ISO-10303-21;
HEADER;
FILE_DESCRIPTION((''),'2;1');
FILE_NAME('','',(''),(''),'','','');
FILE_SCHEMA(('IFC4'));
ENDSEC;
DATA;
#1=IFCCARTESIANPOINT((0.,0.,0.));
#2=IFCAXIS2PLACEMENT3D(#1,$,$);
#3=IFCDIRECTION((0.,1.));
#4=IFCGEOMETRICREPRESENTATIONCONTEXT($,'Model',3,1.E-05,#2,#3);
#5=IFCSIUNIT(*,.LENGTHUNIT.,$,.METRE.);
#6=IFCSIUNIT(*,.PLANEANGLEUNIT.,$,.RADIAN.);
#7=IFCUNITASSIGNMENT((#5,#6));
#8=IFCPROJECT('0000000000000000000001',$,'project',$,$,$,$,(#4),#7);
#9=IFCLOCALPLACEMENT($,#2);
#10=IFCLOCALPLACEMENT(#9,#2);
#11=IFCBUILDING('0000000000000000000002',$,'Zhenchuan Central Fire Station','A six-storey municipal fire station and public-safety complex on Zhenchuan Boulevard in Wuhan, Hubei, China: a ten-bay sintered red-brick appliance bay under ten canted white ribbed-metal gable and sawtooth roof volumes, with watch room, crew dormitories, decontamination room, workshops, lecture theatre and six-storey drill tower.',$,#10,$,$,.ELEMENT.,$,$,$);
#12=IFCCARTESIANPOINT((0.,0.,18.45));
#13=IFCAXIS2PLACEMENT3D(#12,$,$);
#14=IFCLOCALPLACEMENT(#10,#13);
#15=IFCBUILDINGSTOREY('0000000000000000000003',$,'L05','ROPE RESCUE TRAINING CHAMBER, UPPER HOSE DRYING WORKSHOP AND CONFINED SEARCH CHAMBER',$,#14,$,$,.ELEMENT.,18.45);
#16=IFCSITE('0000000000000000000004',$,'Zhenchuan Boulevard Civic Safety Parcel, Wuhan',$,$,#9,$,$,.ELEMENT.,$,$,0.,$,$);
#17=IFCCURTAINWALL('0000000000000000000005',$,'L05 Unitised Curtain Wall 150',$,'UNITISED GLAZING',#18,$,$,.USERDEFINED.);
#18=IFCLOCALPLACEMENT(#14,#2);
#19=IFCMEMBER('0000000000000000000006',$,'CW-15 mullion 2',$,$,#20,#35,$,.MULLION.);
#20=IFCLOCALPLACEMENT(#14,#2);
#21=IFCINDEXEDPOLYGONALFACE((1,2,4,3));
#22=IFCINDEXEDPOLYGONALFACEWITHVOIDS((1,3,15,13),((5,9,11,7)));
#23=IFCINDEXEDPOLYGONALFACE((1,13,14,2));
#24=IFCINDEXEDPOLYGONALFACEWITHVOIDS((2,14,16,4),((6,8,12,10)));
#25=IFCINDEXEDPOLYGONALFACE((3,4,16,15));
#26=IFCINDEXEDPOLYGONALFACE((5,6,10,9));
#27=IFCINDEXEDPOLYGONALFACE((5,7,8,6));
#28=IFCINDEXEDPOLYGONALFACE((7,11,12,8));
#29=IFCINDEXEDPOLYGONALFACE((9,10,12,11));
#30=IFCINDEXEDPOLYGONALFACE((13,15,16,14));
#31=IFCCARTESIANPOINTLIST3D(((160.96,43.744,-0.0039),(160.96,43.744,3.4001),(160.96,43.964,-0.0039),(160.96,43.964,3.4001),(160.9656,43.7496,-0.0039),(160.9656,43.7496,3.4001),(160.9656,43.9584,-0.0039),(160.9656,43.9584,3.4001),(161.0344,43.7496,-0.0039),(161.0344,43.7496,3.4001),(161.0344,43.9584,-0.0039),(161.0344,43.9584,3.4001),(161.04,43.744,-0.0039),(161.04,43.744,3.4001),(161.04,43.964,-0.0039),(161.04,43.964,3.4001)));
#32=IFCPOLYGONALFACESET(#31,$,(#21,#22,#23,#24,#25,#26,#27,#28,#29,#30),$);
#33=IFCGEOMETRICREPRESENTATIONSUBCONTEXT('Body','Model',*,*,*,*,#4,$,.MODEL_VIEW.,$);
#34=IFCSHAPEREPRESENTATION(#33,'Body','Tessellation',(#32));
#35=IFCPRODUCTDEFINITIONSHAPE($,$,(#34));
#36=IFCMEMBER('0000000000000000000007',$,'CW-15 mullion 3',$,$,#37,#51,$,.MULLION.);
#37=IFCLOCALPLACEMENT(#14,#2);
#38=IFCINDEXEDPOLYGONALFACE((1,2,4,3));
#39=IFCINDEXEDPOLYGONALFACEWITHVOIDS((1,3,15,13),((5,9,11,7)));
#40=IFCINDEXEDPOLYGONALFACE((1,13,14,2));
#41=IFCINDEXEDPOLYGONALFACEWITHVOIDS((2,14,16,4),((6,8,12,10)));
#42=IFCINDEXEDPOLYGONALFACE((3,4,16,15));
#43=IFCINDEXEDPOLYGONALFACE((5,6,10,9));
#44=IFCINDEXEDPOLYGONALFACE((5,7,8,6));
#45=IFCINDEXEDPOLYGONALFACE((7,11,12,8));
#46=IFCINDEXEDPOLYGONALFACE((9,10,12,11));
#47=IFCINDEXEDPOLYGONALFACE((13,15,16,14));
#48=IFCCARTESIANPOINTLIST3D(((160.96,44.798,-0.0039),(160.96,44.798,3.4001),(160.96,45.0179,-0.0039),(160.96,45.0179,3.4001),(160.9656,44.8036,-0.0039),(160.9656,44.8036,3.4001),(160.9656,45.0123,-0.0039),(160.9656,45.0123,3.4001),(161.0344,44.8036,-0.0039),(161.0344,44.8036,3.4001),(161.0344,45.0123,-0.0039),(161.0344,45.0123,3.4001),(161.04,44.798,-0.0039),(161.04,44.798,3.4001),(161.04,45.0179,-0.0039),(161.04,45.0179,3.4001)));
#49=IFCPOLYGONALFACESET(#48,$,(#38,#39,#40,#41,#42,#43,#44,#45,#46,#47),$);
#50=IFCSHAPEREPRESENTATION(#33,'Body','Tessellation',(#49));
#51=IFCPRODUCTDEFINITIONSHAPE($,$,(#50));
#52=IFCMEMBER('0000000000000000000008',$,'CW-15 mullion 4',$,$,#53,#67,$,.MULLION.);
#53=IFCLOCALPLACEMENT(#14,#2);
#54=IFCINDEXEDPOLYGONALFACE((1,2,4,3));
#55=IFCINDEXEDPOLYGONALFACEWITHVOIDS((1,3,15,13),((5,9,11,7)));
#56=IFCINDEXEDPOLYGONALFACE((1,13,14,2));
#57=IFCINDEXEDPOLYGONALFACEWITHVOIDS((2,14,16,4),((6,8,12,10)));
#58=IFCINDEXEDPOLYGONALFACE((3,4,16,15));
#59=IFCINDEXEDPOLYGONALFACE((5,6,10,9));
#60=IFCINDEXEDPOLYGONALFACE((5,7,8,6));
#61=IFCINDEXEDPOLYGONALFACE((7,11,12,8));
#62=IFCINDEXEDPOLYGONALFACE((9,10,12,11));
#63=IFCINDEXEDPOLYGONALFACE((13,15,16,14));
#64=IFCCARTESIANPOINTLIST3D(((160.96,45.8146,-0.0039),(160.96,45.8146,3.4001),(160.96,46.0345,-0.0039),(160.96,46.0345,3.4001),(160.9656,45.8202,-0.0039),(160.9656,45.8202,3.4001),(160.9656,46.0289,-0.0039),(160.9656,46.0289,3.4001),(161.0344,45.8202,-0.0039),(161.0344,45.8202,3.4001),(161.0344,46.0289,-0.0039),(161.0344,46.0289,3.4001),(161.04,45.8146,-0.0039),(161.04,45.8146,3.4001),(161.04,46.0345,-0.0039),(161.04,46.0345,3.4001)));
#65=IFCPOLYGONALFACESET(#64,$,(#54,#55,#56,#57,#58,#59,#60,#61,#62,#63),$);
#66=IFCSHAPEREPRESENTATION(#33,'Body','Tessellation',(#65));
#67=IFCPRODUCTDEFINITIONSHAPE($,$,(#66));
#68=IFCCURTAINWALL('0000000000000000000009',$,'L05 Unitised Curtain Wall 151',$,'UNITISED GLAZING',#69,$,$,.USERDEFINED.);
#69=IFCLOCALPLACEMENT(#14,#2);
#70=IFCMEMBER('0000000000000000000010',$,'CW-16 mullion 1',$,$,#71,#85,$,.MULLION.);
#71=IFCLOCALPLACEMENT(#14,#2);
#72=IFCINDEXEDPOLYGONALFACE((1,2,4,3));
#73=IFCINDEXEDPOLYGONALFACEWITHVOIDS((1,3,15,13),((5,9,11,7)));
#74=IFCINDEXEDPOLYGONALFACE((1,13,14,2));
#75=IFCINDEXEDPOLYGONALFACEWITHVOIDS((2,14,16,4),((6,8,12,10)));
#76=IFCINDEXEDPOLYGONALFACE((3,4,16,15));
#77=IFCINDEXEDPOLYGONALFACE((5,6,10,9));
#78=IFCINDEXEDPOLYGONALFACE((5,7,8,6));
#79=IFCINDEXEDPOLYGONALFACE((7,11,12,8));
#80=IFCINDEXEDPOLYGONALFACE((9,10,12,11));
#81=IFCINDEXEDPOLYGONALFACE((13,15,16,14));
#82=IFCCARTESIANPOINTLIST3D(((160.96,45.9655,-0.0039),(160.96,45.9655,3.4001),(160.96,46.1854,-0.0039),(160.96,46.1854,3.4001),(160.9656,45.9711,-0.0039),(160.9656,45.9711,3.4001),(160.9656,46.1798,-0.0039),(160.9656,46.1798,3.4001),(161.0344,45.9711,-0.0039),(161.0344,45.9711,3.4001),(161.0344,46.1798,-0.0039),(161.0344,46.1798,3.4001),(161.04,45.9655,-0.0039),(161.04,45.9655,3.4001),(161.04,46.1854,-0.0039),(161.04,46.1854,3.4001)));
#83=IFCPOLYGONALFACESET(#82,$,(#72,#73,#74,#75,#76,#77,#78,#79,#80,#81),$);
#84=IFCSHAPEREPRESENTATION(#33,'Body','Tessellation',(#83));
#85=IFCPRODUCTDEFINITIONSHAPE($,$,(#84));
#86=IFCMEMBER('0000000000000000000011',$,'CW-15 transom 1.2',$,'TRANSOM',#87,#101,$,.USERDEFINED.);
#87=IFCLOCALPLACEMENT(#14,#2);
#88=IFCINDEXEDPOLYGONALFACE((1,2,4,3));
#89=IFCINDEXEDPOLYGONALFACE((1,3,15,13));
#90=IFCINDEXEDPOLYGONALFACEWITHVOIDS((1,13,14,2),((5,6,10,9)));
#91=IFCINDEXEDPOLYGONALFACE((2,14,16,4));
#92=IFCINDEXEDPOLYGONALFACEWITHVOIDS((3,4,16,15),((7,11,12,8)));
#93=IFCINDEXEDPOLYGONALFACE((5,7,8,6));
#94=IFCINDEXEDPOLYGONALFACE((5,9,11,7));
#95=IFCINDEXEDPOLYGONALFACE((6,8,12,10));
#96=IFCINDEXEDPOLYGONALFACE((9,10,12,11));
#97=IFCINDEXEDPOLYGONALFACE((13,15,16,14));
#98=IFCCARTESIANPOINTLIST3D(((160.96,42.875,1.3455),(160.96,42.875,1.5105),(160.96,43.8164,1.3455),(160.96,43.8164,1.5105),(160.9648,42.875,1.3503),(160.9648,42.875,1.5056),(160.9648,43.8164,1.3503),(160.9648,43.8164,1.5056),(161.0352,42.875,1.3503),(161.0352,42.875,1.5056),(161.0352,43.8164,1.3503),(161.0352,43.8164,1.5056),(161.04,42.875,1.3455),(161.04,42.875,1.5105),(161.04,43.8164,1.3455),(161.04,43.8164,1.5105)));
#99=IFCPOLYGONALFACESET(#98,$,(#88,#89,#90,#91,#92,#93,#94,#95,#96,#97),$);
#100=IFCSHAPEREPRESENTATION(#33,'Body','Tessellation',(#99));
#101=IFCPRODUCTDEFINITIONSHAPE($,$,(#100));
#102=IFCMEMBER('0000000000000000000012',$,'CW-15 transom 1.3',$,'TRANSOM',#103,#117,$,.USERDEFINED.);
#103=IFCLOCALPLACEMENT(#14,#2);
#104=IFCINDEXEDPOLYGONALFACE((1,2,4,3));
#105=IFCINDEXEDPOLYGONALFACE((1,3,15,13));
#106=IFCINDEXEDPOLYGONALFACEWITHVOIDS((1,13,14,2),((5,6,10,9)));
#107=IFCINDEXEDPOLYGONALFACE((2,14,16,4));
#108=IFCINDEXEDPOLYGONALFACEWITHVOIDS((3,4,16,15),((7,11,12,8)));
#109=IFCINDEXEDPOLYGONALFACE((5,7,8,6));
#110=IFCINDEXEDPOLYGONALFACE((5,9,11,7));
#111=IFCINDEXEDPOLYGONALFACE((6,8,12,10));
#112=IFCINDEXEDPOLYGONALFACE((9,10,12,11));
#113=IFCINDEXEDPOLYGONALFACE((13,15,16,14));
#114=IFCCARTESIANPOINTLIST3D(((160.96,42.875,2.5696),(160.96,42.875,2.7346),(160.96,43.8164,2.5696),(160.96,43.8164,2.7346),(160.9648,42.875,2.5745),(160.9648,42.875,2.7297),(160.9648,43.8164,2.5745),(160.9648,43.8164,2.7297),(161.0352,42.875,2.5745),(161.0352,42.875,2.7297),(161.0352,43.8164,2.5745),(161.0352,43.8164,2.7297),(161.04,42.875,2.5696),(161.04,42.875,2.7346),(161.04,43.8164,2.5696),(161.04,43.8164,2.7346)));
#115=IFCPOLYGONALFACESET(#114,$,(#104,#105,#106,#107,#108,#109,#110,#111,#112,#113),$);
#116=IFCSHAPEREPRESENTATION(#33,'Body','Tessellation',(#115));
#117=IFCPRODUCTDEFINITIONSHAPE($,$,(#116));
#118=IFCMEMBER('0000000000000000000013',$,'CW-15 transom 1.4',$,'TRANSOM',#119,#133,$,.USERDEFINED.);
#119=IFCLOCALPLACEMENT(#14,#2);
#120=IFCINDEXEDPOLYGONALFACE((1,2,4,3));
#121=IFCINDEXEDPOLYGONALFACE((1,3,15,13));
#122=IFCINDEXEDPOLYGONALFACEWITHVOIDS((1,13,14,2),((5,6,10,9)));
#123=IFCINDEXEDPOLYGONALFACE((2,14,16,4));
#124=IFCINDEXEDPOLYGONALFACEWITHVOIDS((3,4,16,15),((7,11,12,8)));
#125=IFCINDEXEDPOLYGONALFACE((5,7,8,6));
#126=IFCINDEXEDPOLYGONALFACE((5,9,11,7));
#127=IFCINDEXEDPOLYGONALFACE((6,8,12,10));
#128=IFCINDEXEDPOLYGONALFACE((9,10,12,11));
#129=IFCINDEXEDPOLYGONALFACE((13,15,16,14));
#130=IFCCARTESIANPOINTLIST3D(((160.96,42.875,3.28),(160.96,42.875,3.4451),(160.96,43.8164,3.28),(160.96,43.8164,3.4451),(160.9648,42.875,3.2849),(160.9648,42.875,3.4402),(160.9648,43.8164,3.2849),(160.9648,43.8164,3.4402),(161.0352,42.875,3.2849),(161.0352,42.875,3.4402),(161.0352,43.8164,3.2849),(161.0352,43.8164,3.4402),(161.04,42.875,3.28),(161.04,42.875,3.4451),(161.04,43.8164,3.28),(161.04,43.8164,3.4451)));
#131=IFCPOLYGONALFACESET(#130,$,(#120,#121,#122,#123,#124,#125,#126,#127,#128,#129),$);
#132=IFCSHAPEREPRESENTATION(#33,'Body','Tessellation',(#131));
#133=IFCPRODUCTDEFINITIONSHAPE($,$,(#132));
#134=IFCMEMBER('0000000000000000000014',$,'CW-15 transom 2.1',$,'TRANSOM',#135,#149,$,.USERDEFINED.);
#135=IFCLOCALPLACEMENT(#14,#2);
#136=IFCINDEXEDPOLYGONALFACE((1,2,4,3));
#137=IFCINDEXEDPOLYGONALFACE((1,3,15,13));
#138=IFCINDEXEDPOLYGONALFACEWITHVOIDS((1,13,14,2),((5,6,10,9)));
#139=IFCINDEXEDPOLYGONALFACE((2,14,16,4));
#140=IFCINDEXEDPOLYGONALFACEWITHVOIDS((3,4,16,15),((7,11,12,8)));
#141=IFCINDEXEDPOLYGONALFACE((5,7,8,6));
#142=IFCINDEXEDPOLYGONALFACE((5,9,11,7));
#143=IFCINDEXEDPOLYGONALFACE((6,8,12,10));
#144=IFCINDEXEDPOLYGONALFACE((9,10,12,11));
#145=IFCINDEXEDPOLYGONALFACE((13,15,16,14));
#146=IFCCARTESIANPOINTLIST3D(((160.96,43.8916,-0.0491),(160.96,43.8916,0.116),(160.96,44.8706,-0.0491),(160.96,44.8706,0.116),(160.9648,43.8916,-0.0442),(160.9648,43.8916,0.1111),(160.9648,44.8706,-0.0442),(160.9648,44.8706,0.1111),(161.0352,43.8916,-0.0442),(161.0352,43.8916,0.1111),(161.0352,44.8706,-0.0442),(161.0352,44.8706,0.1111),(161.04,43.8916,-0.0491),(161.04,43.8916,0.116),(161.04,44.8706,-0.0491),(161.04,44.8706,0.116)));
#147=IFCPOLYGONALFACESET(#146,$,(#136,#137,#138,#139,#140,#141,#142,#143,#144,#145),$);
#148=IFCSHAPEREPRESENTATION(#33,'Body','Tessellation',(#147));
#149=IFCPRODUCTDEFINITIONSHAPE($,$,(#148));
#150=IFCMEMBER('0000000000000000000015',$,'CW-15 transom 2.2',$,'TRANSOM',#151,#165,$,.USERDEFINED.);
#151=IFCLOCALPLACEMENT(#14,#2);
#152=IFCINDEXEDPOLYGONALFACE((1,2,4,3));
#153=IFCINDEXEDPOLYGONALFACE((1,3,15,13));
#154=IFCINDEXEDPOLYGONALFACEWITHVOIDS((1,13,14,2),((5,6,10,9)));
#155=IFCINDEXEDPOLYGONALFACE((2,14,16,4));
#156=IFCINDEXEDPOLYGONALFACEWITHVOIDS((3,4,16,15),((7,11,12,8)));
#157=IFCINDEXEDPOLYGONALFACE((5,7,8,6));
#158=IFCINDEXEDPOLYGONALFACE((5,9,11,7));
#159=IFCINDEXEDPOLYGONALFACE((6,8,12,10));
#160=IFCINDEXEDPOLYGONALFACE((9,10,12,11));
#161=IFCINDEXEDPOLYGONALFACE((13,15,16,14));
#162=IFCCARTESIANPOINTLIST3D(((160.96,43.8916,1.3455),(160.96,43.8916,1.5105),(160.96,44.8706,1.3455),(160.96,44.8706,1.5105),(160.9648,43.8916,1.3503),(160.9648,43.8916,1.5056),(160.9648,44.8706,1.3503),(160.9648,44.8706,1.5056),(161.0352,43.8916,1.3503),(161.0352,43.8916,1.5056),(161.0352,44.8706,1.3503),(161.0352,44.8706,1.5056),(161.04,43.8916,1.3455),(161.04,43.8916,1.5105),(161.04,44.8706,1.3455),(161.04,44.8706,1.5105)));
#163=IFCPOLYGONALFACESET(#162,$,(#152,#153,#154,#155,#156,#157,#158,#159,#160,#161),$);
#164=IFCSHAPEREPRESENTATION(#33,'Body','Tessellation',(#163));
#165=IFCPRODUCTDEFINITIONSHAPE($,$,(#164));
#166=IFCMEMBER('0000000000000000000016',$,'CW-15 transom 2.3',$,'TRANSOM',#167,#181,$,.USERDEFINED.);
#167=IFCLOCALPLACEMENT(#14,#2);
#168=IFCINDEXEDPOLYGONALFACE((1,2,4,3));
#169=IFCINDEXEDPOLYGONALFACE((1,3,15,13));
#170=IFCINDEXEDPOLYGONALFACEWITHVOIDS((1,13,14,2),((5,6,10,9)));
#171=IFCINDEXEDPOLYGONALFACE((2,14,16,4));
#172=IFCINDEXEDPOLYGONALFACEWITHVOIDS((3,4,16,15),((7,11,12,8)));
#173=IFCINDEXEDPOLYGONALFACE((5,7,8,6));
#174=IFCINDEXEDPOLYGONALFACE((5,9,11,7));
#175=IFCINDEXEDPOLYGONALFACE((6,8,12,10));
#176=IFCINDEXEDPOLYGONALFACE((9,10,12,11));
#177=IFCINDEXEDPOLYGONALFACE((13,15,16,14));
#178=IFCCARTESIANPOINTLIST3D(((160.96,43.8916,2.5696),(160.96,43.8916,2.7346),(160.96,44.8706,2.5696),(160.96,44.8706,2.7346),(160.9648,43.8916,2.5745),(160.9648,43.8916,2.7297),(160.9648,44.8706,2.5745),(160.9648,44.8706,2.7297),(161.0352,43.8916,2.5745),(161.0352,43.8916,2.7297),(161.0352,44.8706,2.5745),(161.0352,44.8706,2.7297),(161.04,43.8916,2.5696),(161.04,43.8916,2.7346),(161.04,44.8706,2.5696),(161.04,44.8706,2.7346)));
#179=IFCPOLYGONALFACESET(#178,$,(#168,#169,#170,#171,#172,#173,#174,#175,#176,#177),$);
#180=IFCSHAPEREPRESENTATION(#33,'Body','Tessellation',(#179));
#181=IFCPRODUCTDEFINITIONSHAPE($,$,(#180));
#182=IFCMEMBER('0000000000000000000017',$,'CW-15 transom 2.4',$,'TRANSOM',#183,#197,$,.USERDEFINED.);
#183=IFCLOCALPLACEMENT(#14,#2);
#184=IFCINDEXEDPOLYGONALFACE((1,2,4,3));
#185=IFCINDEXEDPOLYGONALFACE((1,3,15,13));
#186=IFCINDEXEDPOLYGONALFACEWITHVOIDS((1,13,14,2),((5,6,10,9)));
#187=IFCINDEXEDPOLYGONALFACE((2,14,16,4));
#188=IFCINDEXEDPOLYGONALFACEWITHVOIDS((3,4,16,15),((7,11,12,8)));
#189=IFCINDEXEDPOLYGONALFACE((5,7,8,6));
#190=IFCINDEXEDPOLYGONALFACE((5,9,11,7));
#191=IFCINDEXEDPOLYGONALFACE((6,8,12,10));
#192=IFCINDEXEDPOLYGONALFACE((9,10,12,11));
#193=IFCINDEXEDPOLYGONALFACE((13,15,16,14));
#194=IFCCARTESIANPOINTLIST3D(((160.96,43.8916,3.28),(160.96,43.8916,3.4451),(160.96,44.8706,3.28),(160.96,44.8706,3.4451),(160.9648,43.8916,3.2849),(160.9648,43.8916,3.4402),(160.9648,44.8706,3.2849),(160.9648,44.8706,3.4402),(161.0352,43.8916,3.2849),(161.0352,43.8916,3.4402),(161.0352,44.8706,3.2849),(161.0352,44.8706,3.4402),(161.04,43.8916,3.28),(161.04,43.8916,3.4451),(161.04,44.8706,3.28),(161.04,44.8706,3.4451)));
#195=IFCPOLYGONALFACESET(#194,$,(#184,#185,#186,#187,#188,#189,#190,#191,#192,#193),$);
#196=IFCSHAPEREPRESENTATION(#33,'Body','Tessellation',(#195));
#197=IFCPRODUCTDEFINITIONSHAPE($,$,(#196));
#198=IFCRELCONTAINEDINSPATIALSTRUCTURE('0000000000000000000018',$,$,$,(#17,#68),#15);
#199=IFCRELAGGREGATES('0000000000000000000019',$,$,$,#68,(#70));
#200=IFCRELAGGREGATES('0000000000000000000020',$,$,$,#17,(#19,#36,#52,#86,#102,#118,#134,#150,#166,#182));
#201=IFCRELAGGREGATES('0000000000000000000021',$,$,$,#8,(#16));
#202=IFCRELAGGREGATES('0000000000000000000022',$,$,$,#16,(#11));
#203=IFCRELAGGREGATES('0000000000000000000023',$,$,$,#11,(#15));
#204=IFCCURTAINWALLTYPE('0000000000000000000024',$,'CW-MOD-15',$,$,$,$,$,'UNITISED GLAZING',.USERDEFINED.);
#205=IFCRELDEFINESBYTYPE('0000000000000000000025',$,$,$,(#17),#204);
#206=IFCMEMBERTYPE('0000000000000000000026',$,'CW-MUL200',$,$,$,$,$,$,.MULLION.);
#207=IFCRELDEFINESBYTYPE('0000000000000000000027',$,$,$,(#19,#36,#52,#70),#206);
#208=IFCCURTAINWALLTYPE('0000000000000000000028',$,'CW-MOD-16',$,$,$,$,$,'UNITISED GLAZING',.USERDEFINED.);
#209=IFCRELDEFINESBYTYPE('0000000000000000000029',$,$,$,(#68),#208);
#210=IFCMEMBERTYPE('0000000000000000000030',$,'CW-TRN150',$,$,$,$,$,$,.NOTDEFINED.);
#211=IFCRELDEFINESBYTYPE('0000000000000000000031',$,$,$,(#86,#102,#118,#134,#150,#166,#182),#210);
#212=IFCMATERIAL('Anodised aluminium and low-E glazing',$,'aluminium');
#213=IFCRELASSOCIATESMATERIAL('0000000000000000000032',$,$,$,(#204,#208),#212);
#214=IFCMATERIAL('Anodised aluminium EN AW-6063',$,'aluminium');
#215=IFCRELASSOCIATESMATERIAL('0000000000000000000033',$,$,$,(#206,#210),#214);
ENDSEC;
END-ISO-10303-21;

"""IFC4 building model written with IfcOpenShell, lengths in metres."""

from ifc_helpers import new_model, si_unit, direction, frame, origin, origin_2d, place, context, subcontext, project, spatial, hollow_rectangle, extrude, material, material_profile, profile_set, type_object, element, aggregate, save


model = new_model("IFC4")

# Units and contexts
model_context = context("Model", 3, precision=1e-05, world=origin(), true_north=direction((0.0, 1.0)))
body_context = subcontext(model_context, "Body", "Model", "MODEL_VIEW")
ifc_project = project(units=[si_unit("LENGTHUNIT", "METRE"), si_unit("PLANEANGLEUNIT", "RADIAN")], contexts=[model_context])

# Site, building, storey
site_placement = place(None, origin())
site = spatial("IfcSite", under=ifc_project, at=site_placement, Name="Zhenchuan Boulevard Civic Safety Parcel, Wuhan", CompositionType="ELEMENT", RefElevation=0.0)
building_placement = place(site_placement, origin())
building = spatial("IfcBuilding", under=site, at=building_placement, Name="Zhenchuan Central Fire Station", Description="A six-storey municipal fire station and public-safety complex on Zhenchuan Boulevard in Wuhan, Hubei, China: a ten-bay sintered red-brick appliance bay under ten canted white ribbed-metal gable and sawtooth roof volumes, with watch room, crew dormitories, decontamination room, workshops, lecture theatre and six-storey drill tower.", CompositionType="ELEMENT")
storey_placement = place(building_placement, frame((0.0, 0.0, 18.45)))
storey = spatial("IfcBuildingStorey", under=building, at=storey_placement, Name="L05", Description="ROPE RESCUE TRAINING CHAMBER, UPPER HOSE DRYING WORKSHOP AND CONFINED SEARCH CHAMBER", CompositionType="ELEMENT", Elevation=18.45)

# Curtain wall, members
ifc_material_1 = material(Name="Anodised aluminium and low-E glazing", Category="aluminium")
curtain_wall_type_1 = type_object("IfcCurtainWallType", Name="CW-MOD-15", ElementType="UNITISED GLAZING", PredefinedType="USERDEFINED", material=ifc_material_1)
curtain_wall_1_placement = place(storey_placement, origin())
curtain_wall_1 = element("IfcCurtainWall", 1, at=curtain_wall_1_placement, inside=storey, type_object=curtain_wall_type_1, Name="L05 Unitised Curtain Wall 150", ObjectType="UNITISED GLAZING", PredefinedType="USERDEFINED")
ifc_material_2 = material(Name="Anodised aluminium EN AW-6063", Category="aluminium")
ifc_material_profile_1 = material_profile(ifc_material_2, hollow_rectangle(XDim=0.0801, YDim=0.22, WallThickness=0.0056, at=origin_2d()), Name="ALU-M 220x80")
ifc_profile_set_1 = profile_set([ifc_material_profile_1], Name="Anodised aluminium EN AW-6063")
member_type_1 = type_object("IfcMemberType", Name="CW-MUL200", PredefinedType="MULLION", material=ifc_profile_set_1)
member_1_placement = place(storey_placement, frame((161.0, 43.854, -0.0039), z_axis=(0.0, 0.0, 1.0), x_axis=(-1.0, 0.0, 0.0)))
member_1 = element("IfcMember", 2, at=member_1_placement, type_object=member_type_1, Name="CW-15 mullion 2", PredefinedType="MULLION", context=body_context, shape_type="SweptSolid", body=[
    extrude(hollow_rectangle(XDim=0.0801, YDim=0.22, WallThickness=0.0056, at=origin_2d()), origin(), (0.0, 0.0, 1.0), 3.4041),
])
member_2_placement = place(storey_placement, frame((161.0, 44.908, -0.0039), z_axis=(0.0, 0.0, 1.0), x_axis=(-1.0, 0.0, 0.0)))
member_2 = element("IfcMember", 3, at=member_2_placement, type_object=member_type_1, Name="CW-15 mullion 3", PredefinedType="MULLION", context=body_context, shape_type="SweptSolid", body=[
    extrude(hollow_rectangle(XDim=0.0801, YDim=0.22, WallThickness=0.0056, at=origin_2d()), origin(), (0.0, 0.0, 1.0), 3.4041),
])
member_3_placement = place(storey_placement, frame((161.0, 45.9246, -0.0039), z_axis=(0.0, 0.0, 1.0), x_axis=(-1.0, 0.0, 0.0)))
member_3 = element("IfcMember", 4, at=member_3_placement, type_object=member_type_1, Name="CW-15 mullion 4", PredefinedType="MULLION", context=body_context, shape_type="SweptSolid", body=[
    extrude(hollow_rectangle(XDim=0.0801, YDim=0.22, WallThickness=0.0056, at=origin_2d()), origin(), (0.0, 0.0, 1.0), 3.4041),
])

# Curtain wall, member
curtain_wall_type_2 = type_object("IfcCurtainWallType", Name="CW-MOD-16", ElementType="UNITISED GLAZING", PredefinedType="USERDEFINED", material=ifc_material_1)
curtain_wall_2_placement = place(storey_placement, origin())
curtain_wall_2 = element("IfcCurtainWall", 5, at=curtain_wall_2_placement, inside=storey, type_object=curtain_wall_type_2, Name="L05 Unitised Curtain Wall 151", ObjectType="UNITISED GLAZING", PredefinedType="USERDEFINED")
member_4_placement = place(storey_placement, frame((161.0, 46.0754, -0.0039), z_axis=(0.0, 0.0, 1.0), x_axis=(-1.0, 0.0, 0.0)))
member_4 = element("IfcMember", 6, at=member_4_placement, type_object=member_type_1, Name="CW-16 mullion 1", PredefinedType="MULLION", context=body_context, shape_type="SweptSolid", body=[
    extrude(hollow_rectangle(XDim=0.0801, YDim=0.22, WallThickness=0.0056, at=origin_2d()), origin(), (0.0, 0.0, 1.0), 3.4041),
])

# Members
ifc_material_profile_2 = material_profile(ifc_material_2, hollow_rectangle(XDim=0.0801, YDim=0.165, WallThickness=0.0049, at=origin_2d()), Name="ALU-T 165x80")
ifc_profile_set_2 = profile_set([ifc_material_profile_2], Name="Anodised aluminium EN AW-6063")
member_type_2 = type_object("IfcMemberType", Name="CW-TRN150", PredefinedType="NOTDEFINED", material=ifc_profile_set_2)
member_5_placement = place(storey_placement, frame((161.0, 42.875, 1.428), z_axis=(0.0, 1.0, 0.0), x_axis=(-1.0, 0.0, 0.0)))
member_5 = element("IfcMember", 7, at=member_5_placement, type_object=member_type_2, Name="CW-15 transom 1.2", ObjectType="TRANSOM", PredefinedType="USERDEFINED", context=body_context, shape_type="SweptSolid", body=[
    extrude(hollow_rectangle(XDim=0.0801, YDim=0.165, WallThickness=0.0049, at=origin_2d()), origin(), (0.0, 0.0, 1.0), 0.9414),
])
member_6_placement = place(storey_placement, frame((161.0, 42.875, 2.6521), z_axis=(0.0, 1.0, 0.0), x_axis=(-1.0, 0.0, 0.0)))
member_6 = element("IfcMember", 8, at=member_6_placement, type_object=member_type_2, Name="CW-15 transom 1.3", ObjectType="TRANSOM", PredefinedType="USERDEFINED", context=body_context, shape_type="SweptSolid", body=[
    extrude(hollow_rectangle(XDim=0.0801, YDim=0.165, WallThickness=0.0049, at=origin_2d()), origin(), (0.0, 0.0, 1.0), 0.9414),
])
member_7_placement = place(storey_placement, frame((161.0, 42.875, 3.3625), z_axis=(0.0, 1.0, 0.0), x_axis=(-1.0, 0.0, 0.0)))
member_7 = element("IfcMember", 9, at=member_7_placement, type_object=member_type_2, Name="CW-15 transom 1.4", ObjectType="TRANSOM", PredefinedType="USERDEFINED", context=body_context, shape_type="SweptSolid", body=[
    extrude(hollow_rectangle(XDim=0.0801, YDim=0.165, WallThickness=0.0049, at=origin_2d()), origin(), (0.0, 0.0, 1.0), 0.9414),
])
member_8_placement = place(storey_placement, frame((161.0, 43.8916, 0.0334), z_axis=(0.0, 1.0, 0.0), x_axis=(-1.0, 0.0, 0.0)))
member_8 = element("IfcMember", 10, at=member_8_placement, type_object=member_type_2, Name="CW-15 transom 2.1", ObjectType="TRANSOM", PredefinedType="USERDEFINED", context=body_context, shape_type="SweptSolid", body=[
    extrude(hollow_rectangle(XDim=0.0801, YDim=0.165, WallThickness=0.0049, at=origin_2d()), origin(), (0.0, 0.0, 1.0), 0.979),
])
member_9_placement = place(storey_placement, frame((161.0, 43.8916, 1.428), z_axis=(0.0, 1.0, 0.0), x_axis=(-1.0, 0.0, 0.0)))
member_9 = element("IfcMember", 11, at=member_9_placement, type_object=member_type_2, Name="CW-15 transom 2.2", ObjectType="TRANSOM", PredefinedType="USERDEFINED", context=body_context, shape_type="SweptSolid", body=[
    extrude(hollow_rectangle(XDim=0.0801, YDim=0.165, WallThickness=0.0049, at=origin_2d()), origin(), (0.0, 0.0, 1.0), 0.979),
])
member_10_placement = place(storey_placement, frame((161.0, 43.8916, 2.6521), z_axis=(0.0, 1.0, 0.0), x_axis=(-1.0, 0.0, 0.0)))
member_10 = element("IfcMember", 12, at=member_10_placement, type_object=member_type_2, Name="CW-15 transom 2.3", ObjectType="TRANSOM", PredefinedType="USERDEFINED", context=body_context, shape_type="SweptSolid", body=[
    extrude(hollow_rectangle(XDim=0.0801, YDim=0.165, WallThickness=0.0049, at=origin_2d()), origin(), (0.0, 0.0, 1.0), 0.979),
])
member_11_placement = place(storey_placement, frame((161.0, 43.8916, 3.3625), z_axis=(0.0, 1.0, 0.0), x_axis=(-1.0, 0.0, 0.0)))
member_11 = element("IfcMember", 13, at=member_11_placement, type_object=member_type_2, Name="CW-15 transom 2.4", ObjectType="TRANSOM", PredefinedType="USERDEFINED", context=body_context, shape_type="SweptSolid", body=[
    extrude(hollow_rectangle(XDim=0.0801, YDim=0.165, WallThickness=0.0049, at=origin_2d()), origin(), (0.0, 0.0, 1.0), 0.979),
])
aggregate(curtain_wall_2, [member_4])

aggregate(curtain_wall_1, [member_1, member_2, member_3, member_5, member_6, member_7, member_8, member_9, member_10, member_11])

save(model, "model.ifc")
